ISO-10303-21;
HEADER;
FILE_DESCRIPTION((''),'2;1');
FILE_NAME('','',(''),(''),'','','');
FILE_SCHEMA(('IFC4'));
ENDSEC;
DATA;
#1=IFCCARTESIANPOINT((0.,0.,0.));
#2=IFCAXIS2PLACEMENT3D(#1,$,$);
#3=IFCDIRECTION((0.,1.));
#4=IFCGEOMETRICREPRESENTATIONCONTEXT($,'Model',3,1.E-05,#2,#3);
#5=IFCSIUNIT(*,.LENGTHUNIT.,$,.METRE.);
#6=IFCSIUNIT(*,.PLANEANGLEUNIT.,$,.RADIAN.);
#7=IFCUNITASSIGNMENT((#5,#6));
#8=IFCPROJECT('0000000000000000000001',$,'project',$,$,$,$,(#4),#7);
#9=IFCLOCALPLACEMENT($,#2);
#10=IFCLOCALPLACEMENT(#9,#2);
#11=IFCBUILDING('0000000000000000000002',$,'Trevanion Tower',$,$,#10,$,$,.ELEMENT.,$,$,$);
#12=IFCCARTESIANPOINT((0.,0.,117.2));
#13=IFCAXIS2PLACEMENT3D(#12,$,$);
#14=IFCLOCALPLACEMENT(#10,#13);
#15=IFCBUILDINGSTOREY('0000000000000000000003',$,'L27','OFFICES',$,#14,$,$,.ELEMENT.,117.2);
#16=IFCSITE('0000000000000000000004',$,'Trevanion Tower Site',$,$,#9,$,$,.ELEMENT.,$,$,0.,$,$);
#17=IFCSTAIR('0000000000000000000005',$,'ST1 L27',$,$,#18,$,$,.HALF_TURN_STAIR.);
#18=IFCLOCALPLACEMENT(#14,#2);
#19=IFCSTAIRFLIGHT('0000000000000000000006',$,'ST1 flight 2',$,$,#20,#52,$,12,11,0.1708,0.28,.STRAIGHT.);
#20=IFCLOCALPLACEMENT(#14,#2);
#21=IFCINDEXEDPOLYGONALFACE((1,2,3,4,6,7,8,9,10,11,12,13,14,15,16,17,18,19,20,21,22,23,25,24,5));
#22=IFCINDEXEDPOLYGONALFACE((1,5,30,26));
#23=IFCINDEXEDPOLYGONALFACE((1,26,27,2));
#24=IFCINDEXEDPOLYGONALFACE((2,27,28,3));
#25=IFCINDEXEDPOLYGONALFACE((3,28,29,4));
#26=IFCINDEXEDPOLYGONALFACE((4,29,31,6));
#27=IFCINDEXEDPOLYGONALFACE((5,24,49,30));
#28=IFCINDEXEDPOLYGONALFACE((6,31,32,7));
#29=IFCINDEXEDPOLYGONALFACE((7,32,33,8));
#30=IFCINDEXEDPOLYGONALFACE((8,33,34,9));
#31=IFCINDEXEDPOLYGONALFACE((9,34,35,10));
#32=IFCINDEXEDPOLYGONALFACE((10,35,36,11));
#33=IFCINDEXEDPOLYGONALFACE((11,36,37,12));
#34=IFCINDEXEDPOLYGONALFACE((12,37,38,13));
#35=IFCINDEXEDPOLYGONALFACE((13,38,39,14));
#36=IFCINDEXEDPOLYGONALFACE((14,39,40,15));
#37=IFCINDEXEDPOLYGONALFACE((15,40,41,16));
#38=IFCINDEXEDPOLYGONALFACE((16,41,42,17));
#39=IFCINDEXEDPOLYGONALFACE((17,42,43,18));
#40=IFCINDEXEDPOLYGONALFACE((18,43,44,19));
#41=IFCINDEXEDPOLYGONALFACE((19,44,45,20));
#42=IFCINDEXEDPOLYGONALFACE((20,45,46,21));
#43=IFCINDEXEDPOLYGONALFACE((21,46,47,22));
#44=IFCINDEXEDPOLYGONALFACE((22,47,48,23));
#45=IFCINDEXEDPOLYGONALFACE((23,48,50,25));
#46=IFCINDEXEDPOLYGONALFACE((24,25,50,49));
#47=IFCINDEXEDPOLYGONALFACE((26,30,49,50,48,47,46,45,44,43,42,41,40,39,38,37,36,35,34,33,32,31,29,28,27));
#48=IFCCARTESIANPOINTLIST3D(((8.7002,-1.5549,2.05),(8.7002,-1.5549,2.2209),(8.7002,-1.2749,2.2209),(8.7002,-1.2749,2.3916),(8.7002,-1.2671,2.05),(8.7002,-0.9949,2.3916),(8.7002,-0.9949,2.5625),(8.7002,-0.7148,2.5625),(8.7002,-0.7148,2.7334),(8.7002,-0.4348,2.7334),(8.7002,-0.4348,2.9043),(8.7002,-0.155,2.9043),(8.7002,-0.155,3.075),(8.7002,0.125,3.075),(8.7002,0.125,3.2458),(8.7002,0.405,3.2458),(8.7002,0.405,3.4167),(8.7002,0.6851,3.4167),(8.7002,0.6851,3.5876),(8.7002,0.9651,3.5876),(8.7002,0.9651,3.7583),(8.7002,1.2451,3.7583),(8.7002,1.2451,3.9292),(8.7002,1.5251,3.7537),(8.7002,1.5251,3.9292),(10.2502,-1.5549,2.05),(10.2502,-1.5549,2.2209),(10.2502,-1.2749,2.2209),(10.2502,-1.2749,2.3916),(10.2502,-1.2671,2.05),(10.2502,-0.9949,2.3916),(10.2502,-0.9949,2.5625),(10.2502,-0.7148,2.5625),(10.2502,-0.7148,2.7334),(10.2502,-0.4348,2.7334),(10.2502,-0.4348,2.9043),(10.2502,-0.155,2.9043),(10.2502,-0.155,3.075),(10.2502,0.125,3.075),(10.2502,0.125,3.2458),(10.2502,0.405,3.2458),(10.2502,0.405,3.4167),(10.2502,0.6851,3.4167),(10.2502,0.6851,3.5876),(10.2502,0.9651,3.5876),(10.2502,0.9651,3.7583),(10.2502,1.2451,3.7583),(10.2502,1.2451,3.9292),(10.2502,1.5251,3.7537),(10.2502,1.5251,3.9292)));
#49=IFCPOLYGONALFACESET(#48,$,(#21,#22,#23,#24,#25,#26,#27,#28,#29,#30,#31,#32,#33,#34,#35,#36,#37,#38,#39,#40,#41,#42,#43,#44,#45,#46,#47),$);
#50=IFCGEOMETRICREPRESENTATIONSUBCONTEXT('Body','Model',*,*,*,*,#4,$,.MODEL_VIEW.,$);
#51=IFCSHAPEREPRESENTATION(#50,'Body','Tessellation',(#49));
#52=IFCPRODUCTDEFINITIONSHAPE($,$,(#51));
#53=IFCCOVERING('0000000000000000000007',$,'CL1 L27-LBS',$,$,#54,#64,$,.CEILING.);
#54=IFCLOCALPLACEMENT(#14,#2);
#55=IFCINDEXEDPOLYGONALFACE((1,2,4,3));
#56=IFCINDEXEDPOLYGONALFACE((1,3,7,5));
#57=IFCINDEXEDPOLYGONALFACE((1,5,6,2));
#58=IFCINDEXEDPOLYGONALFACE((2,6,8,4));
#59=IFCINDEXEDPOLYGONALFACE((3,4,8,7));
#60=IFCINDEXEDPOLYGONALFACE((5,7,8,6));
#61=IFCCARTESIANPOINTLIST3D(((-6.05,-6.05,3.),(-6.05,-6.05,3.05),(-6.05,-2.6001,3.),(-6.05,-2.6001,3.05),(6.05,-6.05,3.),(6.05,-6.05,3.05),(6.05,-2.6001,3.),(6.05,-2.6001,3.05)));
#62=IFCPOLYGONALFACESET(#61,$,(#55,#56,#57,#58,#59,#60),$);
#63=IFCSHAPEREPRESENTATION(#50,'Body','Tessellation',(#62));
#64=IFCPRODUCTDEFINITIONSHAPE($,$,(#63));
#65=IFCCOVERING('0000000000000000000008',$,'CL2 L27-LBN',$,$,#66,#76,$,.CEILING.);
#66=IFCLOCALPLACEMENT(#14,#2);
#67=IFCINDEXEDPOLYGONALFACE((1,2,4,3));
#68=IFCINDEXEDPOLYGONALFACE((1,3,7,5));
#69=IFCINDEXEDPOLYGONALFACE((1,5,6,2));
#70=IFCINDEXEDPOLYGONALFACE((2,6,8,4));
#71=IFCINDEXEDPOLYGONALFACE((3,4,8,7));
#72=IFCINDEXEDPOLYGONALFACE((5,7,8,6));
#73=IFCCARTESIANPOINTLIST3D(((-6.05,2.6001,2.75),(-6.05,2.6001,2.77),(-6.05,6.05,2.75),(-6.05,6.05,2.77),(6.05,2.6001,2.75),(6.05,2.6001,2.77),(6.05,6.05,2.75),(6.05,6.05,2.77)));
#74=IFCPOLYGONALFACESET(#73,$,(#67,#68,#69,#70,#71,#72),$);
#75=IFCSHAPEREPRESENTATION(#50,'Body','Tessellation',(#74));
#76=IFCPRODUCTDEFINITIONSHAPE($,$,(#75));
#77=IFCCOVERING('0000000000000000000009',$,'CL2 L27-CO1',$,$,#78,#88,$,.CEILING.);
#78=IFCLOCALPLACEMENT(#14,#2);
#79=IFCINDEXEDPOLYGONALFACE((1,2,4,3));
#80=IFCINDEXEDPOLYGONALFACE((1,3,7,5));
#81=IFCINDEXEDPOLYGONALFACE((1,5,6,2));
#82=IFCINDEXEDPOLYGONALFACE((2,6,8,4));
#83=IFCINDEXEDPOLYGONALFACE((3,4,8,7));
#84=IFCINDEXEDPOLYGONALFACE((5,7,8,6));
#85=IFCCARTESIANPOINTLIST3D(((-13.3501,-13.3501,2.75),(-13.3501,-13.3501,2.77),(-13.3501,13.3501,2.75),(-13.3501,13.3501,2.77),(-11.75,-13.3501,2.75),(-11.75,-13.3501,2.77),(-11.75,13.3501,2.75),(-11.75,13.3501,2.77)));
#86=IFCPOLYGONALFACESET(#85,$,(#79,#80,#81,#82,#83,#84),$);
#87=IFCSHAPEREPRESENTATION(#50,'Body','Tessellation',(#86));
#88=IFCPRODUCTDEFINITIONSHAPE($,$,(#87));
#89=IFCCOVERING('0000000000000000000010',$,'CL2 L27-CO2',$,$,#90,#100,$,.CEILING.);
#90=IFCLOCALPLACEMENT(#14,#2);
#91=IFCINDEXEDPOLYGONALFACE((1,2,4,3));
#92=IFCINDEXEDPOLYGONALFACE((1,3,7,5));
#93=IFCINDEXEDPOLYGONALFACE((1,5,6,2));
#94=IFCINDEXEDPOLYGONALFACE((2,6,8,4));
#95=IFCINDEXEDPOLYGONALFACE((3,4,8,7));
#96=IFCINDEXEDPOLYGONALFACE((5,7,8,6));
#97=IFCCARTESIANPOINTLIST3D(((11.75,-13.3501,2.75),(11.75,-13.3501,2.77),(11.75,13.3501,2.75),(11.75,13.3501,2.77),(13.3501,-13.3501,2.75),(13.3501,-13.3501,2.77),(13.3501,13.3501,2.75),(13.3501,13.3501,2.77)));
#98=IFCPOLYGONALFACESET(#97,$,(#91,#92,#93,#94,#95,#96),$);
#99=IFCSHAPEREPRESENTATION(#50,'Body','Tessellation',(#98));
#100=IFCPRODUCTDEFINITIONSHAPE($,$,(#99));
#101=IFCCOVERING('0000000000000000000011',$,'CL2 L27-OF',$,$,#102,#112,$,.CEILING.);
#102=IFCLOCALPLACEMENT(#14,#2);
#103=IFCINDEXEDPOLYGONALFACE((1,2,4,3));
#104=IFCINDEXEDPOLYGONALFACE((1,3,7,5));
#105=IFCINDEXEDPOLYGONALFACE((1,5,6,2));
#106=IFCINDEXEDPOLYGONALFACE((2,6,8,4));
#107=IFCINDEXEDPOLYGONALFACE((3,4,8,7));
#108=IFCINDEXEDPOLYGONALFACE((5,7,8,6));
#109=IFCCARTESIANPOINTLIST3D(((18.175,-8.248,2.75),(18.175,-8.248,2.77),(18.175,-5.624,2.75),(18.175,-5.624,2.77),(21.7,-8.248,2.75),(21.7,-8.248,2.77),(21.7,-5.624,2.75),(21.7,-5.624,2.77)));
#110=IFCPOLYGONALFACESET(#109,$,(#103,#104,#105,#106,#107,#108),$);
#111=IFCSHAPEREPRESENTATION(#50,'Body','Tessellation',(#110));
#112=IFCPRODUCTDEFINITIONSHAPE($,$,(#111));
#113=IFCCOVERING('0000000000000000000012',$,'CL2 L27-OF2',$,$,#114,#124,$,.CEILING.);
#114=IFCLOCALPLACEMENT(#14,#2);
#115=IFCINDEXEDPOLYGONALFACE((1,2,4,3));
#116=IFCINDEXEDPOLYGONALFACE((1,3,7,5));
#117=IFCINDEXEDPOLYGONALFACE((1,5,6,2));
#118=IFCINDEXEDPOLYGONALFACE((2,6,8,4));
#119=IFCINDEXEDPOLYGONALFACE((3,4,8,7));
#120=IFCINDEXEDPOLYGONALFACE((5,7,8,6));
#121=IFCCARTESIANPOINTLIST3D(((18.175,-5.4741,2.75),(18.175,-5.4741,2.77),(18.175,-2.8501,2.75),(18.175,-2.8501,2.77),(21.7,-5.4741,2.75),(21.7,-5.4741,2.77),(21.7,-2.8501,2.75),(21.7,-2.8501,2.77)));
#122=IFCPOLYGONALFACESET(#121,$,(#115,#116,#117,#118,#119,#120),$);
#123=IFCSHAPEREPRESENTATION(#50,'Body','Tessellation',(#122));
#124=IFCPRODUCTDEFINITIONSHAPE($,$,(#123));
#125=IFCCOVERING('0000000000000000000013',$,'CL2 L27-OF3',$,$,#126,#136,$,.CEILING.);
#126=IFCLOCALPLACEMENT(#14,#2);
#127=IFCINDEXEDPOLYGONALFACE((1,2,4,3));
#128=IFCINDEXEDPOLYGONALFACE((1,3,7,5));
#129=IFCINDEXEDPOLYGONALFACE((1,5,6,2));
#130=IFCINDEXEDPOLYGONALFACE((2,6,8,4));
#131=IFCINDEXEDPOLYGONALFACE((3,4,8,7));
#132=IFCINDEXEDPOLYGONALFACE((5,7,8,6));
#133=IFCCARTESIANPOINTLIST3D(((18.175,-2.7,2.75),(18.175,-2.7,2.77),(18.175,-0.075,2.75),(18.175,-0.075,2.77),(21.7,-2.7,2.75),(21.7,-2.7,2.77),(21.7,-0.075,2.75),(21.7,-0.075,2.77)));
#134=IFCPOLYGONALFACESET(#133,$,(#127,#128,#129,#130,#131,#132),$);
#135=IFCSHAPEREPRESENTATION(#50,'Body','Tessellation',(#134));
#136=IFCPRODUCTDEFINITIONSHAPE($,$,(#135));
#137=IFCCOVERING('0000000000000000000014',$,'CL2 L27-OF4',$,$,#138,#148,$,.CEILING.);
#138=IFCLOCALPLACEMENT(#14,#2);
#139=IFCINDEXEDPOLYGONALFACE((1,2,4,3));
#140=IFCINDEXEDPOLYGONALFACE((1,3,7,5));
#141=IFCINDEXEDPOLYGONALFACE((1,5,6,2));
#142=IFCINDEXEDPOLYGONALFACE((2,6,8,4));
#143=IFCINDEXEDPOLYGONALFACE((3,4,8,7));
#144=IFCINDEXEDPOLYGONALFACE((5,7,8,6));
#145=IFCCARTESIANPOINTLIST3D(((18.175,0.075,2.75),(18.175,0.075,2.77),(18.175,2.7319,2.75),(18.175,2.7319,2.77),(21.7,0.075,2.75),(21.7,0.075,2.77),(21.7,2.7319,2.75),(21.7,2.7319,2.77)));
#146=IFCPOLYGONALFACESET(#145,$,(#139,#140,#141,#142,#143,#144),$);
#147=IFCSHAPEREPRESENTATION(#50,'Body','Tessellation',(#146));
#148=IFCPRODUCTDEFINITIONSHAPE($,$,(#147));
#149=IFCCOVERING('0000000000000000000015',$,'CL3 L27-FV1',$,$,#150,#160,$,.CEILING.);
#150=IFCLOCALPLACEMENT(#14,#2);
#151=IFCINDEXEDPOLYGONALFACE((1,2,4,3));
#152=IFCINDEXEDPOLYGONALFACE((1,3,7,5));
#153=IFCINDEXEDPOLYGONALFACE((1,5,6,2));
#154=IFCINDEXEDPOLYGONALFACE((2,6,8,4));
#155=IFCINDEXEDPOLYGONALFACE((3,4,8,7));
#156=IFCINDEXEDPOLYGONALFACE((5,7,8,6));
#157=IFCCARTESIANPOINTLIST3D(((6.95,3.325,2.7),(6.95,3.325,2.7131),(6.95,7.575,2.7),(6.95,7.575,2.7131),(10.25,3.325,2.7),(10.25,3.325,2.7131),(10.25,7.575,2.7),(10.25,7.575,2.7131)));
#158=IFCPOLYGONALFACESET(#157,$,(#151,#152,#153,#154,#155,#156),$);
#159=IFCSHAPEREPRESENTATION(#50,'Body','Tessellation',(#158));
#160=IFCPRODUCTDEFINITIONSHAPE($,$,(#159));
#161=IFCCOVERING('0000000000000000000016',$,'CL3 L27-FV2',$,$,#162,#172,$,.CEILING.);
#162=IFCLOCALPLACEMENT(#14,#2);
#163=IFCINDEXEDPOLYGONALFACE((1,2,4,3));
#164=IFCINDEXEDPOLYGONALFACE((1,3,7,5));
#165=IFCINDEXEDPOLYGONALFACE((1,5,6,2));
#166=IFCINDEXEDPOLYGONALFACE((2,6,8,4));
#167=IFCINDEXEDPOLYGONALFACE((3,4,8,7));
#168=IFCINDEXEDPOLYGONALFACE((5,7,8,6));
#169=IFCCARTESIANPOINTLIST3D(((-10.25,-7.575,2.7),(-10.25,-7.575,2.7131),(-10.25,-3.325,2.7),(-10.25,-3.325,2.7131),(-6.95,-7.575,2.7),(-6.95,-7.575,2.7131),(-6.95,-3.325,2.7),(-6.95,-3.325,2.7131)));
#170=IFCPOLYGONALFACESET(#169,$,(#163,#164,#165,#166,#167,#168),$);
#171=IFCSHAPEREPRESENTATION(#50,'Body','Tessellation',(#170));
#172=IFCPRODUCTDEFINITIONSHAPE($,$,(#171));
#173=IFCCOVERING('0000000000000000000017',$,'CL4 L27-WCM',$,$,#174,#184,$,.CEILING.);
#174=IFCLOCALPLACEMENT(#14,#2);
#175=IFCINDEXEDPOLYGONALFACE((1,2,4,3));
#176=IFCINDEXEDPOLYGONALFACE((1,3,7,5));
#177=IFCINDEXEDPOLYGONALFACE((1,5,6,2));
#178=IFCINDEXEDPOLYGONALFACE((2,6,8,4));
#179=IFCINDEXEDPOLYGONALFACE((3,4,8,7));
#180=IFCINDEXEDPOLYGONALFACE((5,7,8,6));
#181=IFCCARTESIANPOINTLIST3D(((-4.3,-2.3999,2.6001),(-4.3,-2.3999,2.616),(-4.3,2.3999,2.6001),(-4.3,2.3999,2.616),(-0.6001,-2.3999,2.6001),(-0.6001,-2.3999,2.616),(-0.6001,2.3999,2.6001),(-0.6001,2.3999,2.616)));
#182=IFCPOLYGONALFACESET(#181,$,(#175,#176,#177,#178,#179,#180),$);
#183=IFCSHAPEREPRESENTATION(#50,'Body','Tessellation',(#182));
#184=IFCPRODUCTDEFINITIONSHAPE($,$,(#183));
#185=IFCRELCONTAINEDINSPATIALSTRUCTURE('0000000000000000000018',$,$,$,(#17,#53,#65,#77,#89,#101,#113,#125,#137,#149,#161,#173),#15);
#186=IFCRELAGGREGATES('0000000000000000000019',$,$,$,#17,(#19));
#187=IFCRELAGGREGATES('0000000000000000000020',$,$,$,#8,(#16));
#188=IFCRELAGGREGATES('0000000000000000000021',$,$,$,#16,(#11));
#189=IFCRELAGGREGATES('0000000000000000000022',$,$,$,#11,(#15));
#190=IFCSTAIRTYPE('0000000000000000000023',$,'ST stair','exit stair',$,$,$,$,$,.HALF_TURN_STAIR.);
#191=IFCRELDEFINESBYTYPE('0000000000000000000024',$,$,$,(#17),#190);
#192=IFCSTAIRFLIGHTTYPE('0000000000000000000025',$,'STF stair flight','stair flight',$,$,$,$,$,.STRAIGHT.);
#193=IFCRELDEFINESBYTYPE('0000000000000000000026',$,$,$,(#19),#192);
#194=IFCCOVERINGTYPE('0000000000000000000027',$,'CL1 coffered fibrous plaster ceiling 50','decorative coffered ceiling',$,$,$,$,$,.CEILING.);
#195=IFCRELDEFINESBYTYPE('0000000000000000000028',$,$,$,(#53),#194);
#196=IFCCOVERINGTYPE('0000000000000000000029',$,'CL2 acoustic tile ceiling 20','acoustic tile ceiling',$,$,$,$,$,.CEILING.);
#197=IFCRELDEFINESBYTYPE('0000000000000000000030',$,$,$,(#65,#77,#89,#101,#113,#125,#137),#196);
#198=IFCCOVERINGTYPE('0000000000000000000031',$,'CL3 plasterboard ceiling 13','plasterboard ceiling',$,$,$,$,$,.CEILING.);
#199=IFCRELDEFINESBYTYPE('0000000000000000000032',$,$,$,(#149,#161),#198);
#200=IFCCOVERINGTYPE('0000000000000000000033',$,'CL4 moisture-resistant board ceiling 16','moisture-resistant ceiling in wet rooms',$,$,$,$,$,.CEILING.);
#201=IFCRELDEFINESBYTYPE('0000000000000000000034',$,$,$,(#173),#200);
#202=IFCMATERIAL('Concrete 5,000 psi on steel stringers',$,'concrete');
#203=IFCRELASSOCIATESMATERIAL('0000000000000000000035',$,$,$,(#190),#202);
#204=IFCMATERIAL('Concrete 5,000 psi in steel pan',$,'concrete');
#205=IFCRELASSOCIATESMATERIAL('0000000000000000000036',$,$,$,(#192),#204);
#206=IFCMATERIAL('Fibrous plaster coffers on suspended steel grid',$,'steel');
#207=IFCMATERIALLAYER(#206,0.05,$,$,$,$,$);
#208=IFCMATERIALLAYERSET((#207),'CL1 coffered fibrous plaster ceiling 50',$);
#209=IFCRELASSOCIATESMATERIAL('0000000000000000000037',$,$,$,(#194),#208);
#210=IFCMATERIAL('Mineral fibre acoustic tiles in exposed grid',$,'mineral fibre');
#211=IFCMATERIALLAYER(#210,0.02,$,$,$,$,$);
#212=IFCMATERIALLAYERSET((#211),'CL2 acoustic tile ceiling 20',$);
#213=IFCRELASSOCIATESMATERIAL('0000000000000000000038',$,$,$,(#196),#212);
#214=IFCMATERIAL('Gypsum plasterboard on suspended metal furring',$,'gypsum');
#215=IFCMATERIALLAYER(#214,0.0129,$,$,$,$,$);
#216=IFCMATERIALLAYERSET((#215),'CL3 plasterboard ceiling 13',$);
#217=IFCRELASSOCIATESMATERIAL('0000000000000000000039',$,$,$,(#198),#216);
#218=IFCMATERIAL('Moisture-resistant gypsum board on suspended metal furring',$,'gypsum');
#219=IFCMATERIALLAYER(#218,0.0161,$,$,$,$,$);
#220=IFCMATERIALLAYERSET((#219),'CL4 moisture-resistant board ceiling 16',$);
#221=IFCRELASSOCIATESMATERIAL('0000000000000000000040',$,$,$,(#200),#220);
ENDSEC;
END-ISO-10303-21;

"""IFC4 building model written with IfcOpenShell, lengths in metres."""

from ifc_helpers import new_model, si_unit, direction, frame, origin, place, context, subcontext, project, spatial, polyline, outline, extrude, material, layer, layer_set, type_object, element, aggregate, save


model = new_model("IFC4")

# Units and contexts
model_context = context("Model", 3, precision=1e-05, world=origin(), true_north=direction((0.0, 1.0)))
body_context = subcontext(model_context, "Body", "Model", "MODEL_VIEW")
ifc_project = project(units=[si_unit("LENGTHUNIT", "METRE"), si_unit("PLANEANGLEUNIT", "RADIAN")], contexts=[model_context])

# Site, building, storey
site_placement = place(None, origin())
site = spatial("IfcSite", under=ifc_project, at=site_placement, Name="Trevanion Tower Site", CompositionType="ELEMENT", RefElevation=0.0)
building_placement = place(site_placement, origin())
building = spatial("IfcBuilding", under=site, at=building_placement, Name="Trevanion Tower", CompositionType="ELEMENT")
storey_placement = place(building_placement, frame((0.0, 0.0, 117.2)))
storey = spatial("IfcBuildingStorey", under=building, at=storey_placement, Name="L27", Description="OFFICES", CompositionType="ELEMENT", Elevation=117.2)

# Stair, stair flight
ifc_material_1 = material(Name="Concrete 5,000 psi on steel stringers", Category="concrete")
stair_type = type_object("IfcStairType", Name="ST stair", Description="exit stair", PredefinedType="HALF_TURN_STAIR", material=ifc_material_1)
stair_placement = place(storey_placement, origin())
stair = element("IfcStair", 1, at=stair_placement, inside=storey, type_object=stair_type, Name="ST1 L27", PredefinedType="HALF_TURN_STAIR")
ifc_material_2 = material(Name="Concrete 5,000 psi in steel pan", Category="concrete")
stair_flight_type = type_object("IfcStairFlightType", Name="STF stair flight", Description="stair flight", PredefinedType="STRAIGHT", material=ifc_material_2)
stair_flight_placement = place(storey_placement, frame((9.4751, -1.5549, 2.05), z_axis=(0.0, 0.0, 1.0), x_axis=(0.0, 1.0, 0.0)))
stair_flight = element("IfcStairFlight", 2, at=stair_flight_placement, type_object=stair_flight_type, Name="ST1 flight 2", NumberOfRisers=12, NumberOfTreads=11, PredefinedType="STRAIGHT", RiserHeight=0.1708, TreadLength=0.28, context=body_context, shape_type="SweptSolid", body=[
    extrude(outline(polyline([(0.0, 0.0), (0.0, 0.1709), (0.28, 0.1709), (0.28, 0.3416), (0.5601, 0.3416), (0.5601, 0.5125), (0.8401, 0.5125), (0.8401, 0.6833), (1.1201, 0.6833), (1.1201, 0.8542), (1.3999, 0.8542), (1.3999, 1.0249), (1.6799, 1.0249), (1.6799, 1.1958), (1.96, 1.1958), (1.96, 1.3667), (2.24, 1.3667), (2.24, 1.5376), (2.52, 1.5376), (2.52, 1.7083), (2.8, 1.7083), (2.8, 1.8792), (3.0801, 1.8792), (3.0801, 2.05), (3.0801, 1.7036), (0.2878, 0.0), (0.0, 0.0)])), frame((0.0, 0.7749, 0.0), z_axis=(0.0, -1.0, 0.0), x_axis=(1.0, 0.0, 0.0)), (0.0, 0.0, 1.0), 1.55),
])
aggregate(stair, [stair_flight])

# Coverings
ifc_material_3 = material(Name="Fibrous plaster coffers on suspended steel grid", Category="steel")
ifc_layer_1 = layer(ifc_material_3, 0.05)
ifc_layer_set_1 = layer_set([ifc_layer_1], Name="CL1 coffered fibrous plaster ceiling 50")
covering_type_1 = type_object("IfcCoveringType", Name="CL1 coffered fibrous plaster ceiling 50", Description="decorative coffered ceiling", PredefinedType="CEILING", material=ifc_layer_set_1)
covering_1_placement = place(storey_placement, frame((0.0, 0.0, 3.0)))
element("IfcCovering", 3, at=covering_1_placement, inside=storey, type_object=covering_type_1, Name="CL1 L27-LBS", PredefinedType="CEILING", context=body_context, shape_type="SweptSolid", body=[
    extrude(outline(polyline([(6.05, -6.05), (6.05, -2.6001), (-6.05, -2.6001), (-6.05, -6.05), (6.05, -6.05)])), origin(), (0.0, 0.0, 1.0), 0.05),
])
ifc_material_4 = material(Name="Mineral fibre acoustic tiles in exposed grid", Category="mineral fibre")
ifc_layer_2 = layer(ifc_material_4, 0.02)
ifc_layer_set_2 = layer_set([ifc_layer_2], Name="CL2 acoustic tile ceiling 20")
covering_type_2 = type_object("IfcCoveringType", Name="CL2 acoustic tile ceiling 20", Description="acoustic tile ceiling", PredefinedType="CEILING", material=ifc_layer_set_2)
covering_2_placement = place(storey_placement, frame((0.0, 0.0, 2.75)))
element("IfcCovering", 4, at=covering_2_placement, inside=storey, type_object=covering_type_2, Name="CL2 L27-LBN", PredefinedType="CEILING", context=body_context, shape_type="SweptSolid", body=[
    extrude(outline(polyline([(6.05, 2.6001), (6.05, 6.05), (-6.05, 6.05), (-6.05, 2.6001), (6.05, 2.6001)])), origin(), (0.0, 0.0, 1.0), 0.02),
])
covering_3_placement = place(storey_placement, frame((0.0, 0.0, 2.75)))
element("IfcCovering", 5, at=covering_3_placement, inside=storey, type_object=covering_type_2, Name="CL2 L27-CO1", PredefinedType="CEILING", context=body_context, shape_type="SweptSolid", body=[
    extrude(outline(polyline([(-11.75, 13.3501), (-11.75, -13.3501), (-13.3501, -13.3501), (-13.3501, 13.3501), (-11.75, 13.3501)])), origin(), (0.0, 0.0, 1.0), 0.02),
])
covering_4_placement = place(storey_placement, frame((0.0, 0.0, 2.75)))
element("IfcCovering", 6, at=covering_4_placement, inside=storey, type_object=covering_type_2, Name="CL2 L27-CO2", PredefinedType="CEILING", context=body_context, shape_type="SweptSolid", body=[
    extrude(outline(polyline([(11.75, 13.3501), (13.3501, 13.3501), (13.3501, -13.3501), (11.75, -13.3501), (11.75, 13.3501)])), origin(), (0.0, 0.0, 1.0), 0.02),
])
covering_5_placement = place(storey_placement, frame((0.0, 0.0, 2.75)))
element("IfcCovering", 7, at=covering_5_placement, inside=storey, type_object=covering_type_2, Name="CL2 L27-OF", PredefinedType="CEILING", context=body_context, shape_type="SweptSolid", body=[
    extrude(outline(polyline([(18.175, -8.248), (18.175, -5.624), (21.7, -5.624), (21.7, -8.248), (18.175, -8.248)])), origin(), (0.0, 0.0, 1.0), 0.02),
])
covering_6_placement = place(storey_placement, frame((0.0, 0.0, 2.75)))
element("IfcCovering", 8, at=covering_6_placement, inside=storey, type_object=covering_type_2, Name="CL2 L27-OF2", PredefinedType="CEILING", context=body_context, shape_type="SweptSolid", body=[
    extrude(outline(polyline([(18.175, -5.4741), (18.175, -2.8501), (21.7, -2.8501), (21.7, -5.4741), (18.175, -5.4741)])), origin(), (0.0, 0.0, 1.0), 0.02),
])
covering_7_placement = place(storey_placement, frame((0.0, 0.0, 2.75)))
element("IfcCovering", 9, at=covering_7_placement, inside=storey, type_object=covering_type_2, Name="CL2 L27-OF3", PredefinedType="CEILING", context=body_context, shape_type="SweptSolid", body=[
    extrude(outline(polyline([(18.175, -2.7), (18.175, -0.075), (21.7, -0.075), (21.7, -2.7), (18.175, -2.7)])), origin(), (0.0, 0.0, 1.0), 0.02),
])
covering_8_placement = place(storey_placement, frame((0.0, 0.0, 2.75)))
element("IfcCovering", 10, at=covering_8_placement, inside=storey, type_object=covering_type_2, Name="CL2 L27-OF4", PredefinedType="CEILING", context=body_context, shape_type="SweptSolid", body=[
    extrude(outline(polyline([(18.175, 0.075), (18.175, 2.7319), (21.7, 2.7319), (21.7, 0.075), (18.175, 0.075)])), origin(), (0.0, 0.0, 1.0), 0.02),
])
ifc_material_5 = material(Name="Gypsum plasterboard on suspended metal furring", Category="gypsum")
ifc_layer_3 = layer(ifc_material_5, 0.0129)
ifc_layer_set_3 = layer_set([ifc_layer_3], Name="CL3 plasterboard ceiling 13")
covering_type_3 = type_object("IfcCoveringType", Name="CL3 plasterboard ceiling 13", Description="plasterboard ceiling", PredefinedType="CEILING", material=ifc_layer_set_3)
covering_9_placement = place(storey_placement, frame((0.0, 0.0, 2.7)))
element("IfcCovering", 11, at=covering_9_placement, inside=storey, type_object=covering_type_3, Name="CL3 L27-FV1", PredefinedType="CEILING", context=body_context, shape_type="SweptSolid", body=[
    extrude(outline(polyline([(10.25, 3.325), (10.25, 7.575), (6.95, 7.575), (6.95, 3.325), (10.25, 3.325)])), origin(), (0.0, 0.0, 1.0), 0.0132),
])
covering_10_placement = place(storey_placement, frame((0.0, 0.0, 2.7)))
element("IfcCovering", 12, at=covering_10_placement, inside=storey, type_object=covering_type_3, Name="CL3 L27-FV2", PredefinedType="CEILING", context=body_context, shape_type="SweptSolid", body=[
    extrude(outline(polyline([(-10.25, -3.325), (-10.25, -7.575), (-6.95, -7.575), (-6.95, -3.325), (-10.25, -3.325)])), origin(), (0.0, 0.0, 1.0), 0.0132),
])
ifc_material_6 = material(Name="Moisture-resistant gypsum board on suspended metal furring", Category="gypsum")
ifc_layer_4 = layer(ifc_material_6, 0.0161)
ifc_layer_set_4 = layer_set([ifc_layer_4], Name="CL4 moisture-resistant board ceiling 16")
covering_type_4 = type_object("IfcCoveringType", Name="CL4 moisture-resistant board ceiling 16", Description="moisture-resistant ceiling in wet rooms", PredefinedType="CEILING", material=ifc_layer_set_4)
covering_11_placement = place(storey_placement, frame((0.0, 0.0, 2.6001)))
element("IfcCovering", 13, at=covering_11_placement, inside=storey, type_object=covering_type_4, Name="CL4 L27-WCM", PredefinedType="CEILING", context=body_context, shape_type="SweptSolid", body=[
    extrude(outline(polyline([(-0.6001, -2.3999), (-0.6001, 2.3999), (-4.3, 2.3999), (-4.3, -2.3999), (-0.6001, -2.3999)])), origin(), (0.0, 0.0, 1.0), 0.0159),
])

save(model, "model.ifc")
